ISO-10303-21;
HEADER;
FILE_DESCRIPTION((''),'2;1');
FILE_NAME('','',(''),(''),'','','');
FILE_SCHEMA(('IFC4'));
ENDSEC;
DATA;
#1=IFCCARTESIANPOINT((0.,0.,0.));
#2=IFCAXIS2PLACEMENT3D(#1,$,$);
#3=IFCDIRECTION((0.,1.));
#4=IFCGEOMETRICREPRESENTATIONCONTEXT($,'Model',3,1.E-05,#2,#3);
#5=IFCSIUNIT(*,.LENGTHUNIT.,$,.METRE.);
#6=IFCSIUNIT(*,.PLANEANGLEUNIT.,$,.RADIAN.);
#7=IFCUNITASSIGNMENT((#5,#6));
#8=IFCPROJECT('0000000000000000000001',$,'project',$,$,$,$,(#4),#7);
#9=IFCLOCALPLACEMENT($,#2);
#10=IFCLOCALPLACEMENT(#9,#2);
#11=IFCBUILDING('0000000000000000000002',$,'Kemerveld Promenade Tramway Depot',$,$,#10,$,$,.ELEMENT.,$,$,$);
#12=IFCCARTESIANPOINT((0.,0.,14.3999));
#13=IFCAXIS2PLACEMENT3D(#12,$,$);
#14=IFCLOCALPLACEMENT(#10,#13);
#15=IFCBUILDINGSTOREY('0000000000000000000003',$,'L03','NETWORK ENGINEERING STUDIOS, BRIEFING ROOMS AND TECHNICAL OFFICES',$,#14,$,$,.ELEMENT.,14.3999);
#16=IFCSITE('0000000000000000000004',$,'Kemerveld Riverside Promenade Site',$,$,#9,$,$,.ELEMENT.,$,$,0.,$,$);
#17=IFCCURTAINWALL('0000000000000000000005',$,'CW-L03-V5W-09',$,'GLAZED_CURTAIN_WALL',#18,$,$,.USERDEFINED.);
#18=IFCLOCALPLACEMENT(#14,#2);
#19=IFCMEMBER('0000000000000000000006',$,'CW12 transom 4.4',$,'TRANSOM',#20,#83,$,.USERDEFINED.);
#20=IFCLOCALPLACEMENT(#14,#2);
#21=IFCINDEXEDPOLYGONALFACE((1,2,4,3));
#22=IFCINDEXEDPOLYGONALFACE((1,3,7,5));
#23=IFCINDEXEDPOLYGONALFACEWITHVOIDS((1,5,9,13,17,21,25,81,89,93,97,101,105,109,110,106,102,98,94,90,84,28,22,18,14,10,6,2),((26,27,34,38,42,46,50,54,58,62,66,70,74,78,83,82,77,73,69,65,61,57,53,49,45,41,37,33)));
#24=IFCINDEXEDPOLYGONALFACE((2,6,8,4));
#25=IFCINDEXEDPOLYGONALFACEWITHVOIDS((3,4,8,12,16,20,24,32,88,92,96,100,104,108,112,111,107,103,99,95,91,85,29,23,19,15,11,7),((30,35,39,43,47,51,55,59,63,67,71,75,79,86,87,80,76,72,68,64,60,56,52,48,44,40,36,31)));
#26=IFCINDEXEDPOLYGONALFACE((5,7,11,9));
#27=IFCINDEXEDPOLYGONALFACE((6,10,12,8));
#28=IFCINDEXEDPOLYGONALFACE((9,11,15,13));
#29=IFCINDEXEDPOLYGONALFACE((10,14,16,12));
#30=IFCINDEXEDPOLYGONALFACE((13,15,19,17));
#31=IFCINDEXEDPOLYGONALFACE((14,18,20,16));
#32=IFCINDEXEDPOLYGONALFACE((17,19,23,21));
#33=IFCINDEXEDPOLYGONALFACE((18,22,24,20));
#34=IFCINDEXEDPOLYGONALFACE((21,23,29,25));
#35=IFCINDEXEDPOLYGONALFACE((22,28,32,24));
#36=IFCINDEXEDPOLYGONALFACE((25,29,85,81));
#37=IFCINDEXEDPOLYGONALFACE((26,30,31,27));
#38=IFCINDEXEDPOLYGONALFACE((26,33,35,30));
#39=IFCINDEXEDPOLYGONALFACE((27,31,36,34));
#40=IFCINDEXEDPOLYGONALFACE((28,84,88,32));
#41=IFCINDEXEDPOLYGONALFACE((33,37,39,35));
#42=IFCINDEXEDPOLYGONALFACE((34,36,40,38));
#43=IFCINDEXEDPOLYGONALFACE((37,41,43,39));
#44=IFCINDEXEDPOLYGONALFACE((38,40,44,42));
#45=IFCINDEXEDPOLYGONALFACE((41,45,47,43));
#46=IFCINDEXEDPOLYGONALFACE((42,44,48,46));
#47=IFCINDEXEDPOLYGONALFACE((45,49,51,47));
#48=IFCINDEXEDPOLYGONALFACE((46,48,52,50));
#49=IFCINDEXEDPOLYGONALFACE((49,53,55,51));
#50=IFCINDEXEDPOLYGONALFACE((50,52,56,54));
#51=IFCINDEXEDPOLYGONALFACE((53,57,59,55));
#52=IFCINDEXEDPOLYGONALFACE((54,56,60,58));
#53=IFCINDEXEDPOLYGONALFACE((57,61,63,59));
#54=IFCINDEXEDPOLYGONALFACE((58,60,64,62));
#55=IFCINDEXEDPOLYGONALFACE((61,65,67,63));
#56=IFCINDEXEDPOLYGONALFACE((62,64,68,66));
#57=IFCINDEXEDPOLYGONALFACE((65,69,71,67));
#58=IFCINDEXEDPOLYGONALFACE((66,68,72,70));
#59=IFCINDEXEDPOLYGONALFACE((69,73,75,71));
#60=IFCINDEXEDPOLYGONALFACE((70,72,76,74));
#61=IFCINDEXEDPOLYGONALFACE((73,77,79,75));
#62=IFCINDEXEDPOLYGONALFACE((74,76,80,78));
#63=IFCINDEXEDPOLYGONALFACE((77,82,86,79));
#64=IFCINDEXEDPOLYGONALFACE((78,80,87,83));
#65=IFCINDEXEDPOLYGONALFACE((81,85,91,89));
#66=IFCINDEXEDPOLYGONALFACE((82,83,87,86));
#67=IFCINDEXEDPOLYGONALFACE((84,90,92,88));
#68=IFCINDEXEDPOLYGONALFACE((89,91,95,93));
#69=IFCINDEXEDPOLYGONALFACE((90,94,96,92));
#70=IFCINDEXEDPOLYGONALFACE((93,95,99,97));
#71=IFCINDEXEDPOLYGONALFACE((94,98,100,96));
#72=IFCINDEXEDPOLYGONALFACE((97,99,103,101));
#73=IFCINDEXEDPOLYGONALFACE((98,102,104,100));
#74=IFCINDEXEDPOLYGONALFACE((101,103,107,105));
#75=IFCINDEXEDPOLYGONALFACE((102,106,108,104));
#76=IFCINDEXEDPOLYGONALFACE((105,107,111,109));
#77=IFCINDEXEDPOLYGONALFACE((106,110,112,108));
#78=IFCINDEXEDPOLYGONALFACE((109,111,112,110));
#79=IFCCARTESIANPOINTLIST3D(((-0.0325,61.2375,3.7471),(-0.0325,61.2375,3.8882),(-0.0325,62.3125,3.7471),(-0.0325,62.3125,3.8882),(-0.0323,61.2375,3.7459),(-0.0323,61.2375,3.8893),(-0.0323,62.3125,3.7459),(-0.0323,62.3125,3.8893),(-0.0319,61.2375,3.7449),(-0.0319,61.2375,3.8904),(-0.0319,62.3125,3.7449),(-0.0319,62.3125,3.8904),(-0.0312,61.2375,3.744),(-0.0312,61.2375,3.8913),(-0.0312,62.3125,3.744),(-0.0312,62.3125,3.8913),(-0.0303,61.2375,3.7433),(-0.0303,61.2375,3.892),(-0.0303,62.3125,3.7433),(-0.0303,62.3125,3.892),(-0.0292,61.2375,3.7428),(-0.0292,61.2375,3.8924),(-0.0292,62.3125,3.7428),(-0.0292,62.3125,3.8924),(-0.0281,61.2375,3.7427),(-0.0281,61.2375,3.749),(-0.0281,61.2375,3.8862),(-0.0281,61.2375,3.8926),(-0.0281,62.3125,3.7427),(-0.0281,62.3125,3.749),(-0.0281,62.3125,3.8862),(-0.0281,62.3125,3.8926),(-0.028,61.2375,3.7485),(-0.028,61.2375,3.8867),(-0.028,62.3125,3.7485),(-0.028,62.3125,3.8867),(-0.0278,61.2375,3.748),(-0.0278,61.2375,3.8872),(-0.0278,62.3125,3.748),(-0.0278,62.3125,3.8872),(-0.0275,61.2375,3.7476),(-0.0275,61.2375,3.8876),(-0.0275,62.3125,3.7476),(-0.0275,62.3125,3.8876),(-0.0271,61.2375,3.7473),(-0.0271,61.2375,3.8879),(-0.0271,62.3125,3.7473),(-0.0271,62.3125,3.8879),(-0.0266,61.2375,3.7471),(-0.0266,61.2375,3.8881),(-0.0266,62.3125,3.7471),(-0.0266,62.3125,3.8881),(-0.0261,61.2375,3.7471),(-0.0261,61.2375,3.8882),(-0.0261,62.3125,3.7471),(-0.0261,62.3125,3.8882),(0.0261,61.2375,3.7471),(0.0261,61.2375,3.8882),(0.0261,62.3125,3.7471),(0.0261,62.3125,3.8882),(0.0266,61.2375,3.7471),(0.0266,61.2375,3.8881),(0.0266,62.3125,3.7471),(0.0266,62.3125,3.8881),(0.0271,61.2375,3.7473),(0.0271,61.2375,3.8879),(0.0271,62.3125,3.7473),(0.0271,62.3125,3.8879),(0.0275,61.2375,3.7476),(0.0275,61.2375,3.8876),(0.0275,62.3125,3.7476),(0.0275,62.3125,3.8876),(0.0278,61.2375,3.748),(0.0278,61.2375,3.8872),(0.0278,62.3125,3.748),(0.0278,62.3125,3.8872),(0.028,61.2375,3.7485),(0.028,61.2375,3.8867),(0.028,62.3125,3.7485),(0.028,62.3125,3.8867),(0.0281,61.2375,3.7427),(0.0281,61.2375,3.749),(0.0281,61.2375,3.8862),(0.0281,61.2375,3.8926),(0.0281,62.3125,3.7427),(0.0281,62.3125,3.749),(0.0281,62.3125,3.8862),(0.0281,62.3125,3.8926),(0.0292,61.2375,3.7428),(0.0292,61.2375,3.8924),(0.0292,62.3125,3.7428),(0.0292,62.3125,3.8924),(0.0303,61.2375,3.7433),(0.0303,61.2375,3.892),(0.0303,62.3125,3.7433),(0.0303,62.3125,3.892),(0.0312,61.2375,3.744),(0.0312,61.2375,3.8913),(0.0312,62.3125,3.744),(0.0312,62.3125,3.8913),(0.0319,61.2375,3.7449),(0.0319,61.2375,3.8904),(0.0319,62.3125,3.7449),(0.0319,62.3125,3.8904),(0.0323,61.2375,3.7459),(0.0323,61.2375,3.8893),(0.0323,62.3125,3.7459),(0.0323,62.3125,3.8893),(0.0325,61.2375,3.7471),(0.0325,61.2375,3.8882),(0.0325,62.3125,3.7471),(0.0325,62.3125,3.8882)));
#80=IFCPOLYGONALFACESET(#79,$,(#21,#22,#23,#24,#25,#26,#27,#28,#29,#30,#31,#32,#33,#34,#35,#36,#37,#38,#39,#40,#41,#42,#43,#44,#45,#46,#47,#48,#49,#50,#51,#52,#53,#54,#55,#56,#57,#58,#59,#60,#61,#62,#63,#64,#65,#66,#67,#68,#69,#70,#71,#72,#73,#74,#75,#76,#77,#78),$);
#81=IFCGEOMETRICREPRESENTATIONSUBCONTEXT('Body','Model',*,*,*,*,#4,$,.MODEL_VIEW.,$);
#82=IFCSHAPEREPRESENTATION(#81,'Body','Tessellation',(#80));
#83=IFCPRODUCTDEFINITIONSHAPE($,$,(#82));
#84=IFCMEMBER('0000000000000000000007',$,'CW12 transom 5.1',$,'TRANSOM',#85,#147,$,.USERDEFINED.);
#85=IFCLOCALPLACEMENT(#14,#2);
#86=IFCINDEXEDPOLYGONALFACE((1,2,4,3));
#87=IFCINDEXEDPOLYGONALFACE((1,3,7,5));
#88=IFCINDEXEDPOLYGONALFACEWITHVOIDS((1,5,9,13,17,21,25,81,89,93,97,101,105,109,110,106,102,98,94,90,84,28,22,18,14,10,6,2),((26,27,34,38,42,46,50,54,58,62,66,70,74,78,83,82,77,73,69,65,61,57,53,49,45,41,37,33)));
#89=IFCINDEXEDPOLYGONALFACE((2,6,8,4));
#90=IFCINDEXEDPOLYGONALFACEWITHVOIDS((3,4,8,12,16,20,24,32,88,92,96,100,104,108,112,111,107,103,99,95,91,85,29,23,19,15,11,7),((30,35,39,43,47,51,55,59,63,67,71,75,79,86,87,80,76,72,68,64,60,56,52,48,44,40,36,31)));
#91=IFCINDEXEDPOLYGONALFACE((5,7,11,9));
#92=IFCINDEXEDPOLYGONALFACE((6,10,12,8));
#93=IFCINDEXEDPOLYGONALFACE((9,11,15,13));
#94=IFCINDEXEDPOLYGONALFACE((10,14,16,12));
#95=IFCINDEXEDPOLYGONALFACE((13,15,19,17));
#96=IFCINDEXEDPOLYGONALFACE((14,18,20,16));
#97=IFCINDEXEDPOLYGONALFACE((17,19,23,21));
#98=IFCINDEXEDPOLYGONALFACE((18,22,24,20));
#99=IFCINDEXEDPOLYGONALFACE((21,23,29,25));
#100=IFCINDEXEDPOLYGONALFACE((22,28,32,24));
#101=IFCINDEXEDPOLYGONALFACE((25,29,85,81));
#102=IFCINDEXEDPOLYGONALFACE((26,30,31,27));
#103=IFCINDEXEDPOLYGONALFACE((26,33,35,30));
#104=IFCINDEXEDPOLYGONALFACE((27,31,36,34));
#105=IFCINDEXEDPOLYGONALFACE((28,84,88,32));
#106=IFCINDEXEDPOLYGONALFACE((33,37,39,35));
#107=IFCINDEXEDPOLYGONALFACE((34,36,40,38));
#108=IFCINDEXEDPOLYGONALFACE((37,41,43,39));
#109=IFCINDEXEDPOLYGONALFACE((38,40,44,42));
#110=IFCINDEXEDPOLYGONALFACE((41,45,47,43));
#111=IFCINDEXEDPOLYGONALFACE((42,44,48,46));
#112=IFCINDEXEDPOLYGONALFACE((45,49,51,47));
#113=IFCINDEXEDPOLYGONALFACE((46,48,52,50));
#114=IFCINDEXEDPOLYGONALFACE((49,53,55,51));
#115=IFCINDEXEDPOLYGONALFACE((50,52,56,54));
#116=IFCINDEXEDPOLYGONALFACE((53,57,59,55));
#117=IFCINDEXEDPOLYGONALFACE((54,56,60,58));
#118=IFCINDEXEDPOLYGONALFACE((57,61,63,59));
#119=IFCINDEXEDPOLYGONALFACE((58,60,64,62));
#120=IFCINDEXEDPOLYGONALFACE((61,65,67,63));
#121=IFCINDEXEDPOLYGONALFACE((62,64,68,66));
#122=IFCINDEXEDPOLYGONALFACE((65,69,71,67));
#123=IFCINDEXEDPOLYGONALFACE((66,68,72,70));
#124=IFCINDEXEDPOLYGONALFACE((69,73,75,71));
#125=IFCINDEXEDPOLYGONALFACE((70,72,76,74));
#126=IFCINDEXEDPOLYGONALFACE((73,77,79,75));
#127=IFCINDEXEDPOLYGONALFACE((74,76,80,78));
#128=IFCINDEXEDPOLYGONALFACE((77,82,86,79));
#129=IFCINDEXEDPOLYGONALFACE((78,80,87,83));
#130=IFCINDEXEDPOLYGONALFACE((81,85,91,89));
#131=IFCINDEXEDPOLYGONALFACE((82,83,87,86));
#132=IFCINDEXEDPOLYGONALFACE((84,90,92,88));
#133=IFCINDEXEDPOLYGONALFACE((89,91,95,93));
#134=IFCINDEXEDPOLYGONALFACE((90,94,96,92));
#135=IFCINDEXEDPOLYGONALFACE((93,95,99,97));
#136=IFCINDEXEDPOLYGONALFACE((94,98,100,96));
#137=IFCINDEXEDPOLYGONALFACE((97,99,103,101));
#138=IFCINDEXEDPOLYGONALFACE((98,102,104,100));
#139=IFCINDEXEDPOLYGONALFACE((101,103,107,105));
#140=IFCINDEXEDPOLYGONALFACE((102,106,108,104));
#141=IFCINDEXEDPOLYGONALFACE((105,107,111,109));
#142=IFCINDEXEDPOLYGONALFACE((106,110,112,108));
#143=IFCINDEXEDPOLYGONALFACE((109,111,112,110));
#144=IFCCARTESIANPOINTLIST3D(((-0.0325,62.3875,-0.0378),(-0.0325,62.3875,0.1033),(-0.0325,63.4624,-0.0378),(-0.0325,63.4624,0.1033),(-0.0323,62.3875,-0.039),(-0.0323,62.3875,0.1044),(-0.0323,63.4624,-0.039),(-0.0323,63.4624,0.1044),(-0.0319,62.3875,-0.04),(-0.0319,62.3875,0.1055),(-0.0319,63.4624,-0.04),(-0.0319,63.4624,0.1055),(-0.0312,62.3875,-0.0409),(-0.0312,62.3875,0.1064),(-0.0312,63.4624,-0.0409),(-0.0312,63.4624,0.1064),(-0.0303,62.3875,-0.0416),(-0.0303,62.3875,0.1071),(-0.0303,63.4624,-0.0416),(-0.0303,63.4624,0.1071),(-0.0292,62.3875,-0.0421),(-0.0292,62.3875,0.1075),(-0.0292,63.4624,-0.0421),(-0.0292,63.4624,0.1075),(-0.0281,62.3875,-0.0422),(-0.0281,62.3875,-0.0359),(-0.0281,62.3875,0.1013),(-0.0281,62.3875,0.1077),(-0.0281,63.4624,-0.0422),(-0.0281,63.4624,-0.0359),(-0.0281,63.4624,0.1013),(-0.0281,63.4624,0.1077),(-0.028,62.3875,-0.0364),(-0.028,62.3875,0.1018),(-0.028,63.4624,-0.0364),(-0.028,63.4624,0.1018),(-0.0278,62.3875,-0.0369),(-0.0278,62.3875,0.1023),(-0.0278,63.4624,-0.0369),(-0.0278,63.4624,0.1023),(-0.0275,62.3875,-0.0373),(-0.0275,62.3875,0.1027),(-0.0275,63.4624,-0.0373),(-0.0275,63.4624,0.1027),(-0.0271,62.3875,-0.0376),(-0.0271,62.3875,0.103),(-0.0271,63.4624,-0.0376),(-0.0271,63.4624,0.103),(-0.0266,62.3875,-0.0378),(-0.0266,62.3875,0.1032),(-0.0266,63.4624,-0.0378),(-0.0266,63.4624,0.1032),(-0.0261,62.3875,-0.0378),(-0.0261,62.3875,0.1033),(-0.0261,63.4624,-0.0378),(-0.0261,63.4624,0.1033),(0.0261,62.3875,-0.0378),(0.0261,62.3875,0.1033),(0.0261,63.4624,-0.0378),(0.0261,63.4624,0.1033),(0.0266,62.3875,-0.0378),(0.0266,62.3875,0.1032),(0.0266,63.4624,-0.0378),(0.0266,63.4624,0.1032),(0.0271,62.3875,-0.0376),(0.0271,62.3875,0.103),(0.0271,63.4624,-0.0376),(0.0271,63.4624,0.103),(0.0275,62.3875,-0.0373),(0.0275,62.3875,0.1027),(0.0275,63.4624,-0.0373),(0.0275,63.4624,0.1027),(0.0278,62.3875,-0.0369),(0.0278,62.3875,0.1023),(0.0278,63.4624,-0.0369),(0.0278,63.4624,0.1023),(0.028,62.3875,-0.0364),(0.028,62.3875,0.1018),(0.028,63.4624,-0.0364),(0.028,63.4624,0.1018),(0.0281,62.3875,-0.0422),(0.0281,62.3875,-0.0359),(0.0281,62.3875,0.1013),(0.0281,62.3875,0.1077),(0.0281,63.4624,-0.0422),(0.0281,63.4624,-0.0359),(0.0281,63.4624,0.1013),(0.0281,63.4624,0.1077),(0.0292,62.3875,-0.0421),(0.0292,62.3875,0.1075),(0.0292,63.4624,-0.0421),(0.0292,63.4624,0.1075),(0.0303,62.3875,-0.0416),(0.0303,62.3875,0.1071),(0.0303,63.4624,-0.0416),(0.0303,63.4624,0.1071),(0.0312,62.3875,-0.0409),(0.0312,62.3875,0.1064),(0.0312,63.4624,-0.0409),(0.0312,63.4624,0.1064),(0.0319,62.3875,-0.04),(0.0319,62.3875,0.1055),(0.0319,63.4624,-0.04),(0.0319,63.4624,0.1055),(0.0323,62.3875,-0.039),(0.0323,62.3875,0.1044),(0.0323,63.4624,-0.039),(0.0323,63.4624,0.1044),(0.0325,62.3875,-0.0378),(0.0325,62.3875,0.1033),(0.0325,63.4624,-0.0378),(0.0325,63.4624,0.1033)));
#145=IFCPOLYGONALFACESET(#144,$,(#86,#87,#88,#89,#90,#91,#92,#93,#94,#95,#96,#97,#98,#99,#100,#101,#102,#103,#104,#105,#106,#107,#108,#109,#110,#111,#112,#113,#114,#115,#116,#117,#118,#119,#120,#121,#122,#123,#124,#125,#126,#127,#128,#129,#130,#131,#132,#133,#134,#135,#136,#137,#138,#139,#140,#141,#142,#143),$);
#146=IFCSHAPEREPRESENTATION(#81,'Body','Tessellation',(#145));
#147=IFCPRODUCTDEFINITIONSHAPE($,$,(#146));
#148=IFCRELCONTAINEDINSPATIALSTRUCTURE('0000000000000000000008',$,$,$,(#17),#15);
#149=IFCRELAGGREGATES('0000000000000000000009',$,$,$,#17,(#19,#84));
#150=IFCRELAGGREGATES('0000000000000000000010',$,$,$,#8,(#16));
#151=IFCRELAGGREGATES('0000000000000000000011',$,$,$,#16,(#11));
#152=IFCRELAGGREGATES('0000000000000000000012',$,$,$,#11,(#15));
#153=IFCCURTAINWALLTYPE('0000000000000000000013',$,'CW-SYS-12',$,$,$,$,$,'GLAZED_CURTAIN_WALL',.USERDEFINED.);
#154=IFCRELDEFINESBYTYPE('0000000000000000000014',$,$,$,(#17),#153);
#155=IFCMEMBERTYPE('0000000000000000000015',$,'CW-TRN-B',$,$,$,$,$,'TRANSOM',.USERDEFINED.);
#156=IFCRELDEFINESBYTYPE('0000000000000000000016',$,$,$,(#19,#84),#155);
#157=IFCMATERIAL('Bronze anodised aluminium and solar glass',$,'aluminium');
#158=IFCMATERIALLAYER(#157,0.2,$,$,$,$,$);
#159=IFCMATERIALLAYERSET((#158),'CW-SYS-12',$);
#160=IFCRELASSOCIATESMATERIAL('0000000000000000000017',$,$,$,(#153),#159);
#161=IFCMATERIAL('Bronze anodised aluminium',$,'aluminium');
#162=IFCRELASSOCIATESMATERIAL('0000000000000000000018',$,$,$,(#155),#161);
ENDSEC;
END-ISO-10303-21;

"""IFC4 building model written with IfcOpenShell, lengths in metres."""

from ifc_helpers import new_model, si_unit, direction, frame, origin, origin_2d, place, context, subcontext, project, spatial, hollow_rectangle, extrude, material, layer, layer_set, material_profile, profile_set, type_object, element, aggregate, save


model = new_model("IFC4")

# Units and contexts
model_context = context("Model", 3, precision=1e-05, world=origin(), true_north=direction((0.0, 1.0)))
body_context = subcontext(model_context, "Body", "Model", "MODEL_VIEW")
ifc_project = project(units=[si_unit("LENGTHUNIT", "METRE"), si_unit("PLANEANGLEUNIT", "RADIAN")], contexts=[model_context])

# Site, building, storey
site_placement = place(None, origin())
site = spatial("IfcSite", under=ifc_project, at=site_placement, Name="Kemerveld Riverside Promenade Site", CompositionType="ELEMENT", RefElevation=0.0)
building_placement = place(site_placement, origin())
building = spatial("IfcBuilding", under=site, at=building_placement, Name="Kemerveld Promenade Tramway Depot", CompositionType="ELEMENT")
storey_placement = place(building_placement, frame((0.0, 0.0, 14.3999)))
storey = spatial("IfcBuildingStorey", under=building, at=storey_placement, Name="L03", Description="NETWORK ENGINEERING STUDIOS, BRIEFING ROOMS AND TECHNICAL OFFICES", CompositionType="ELEMENT", Elevation=14.3999)

# Curtain wall, members
ifc_material_1 = material(Name="Bronze anodised aluminium and solar glass", Category="aluminium")
ifc_layer_1 = layer(ifc_material_1, 0.2)
ifc_layer_set_1 = layer_set([ifc_layer_1], Name="CW-SYS-12")
curtain_wall_type = type_object("IfcCurtainWallType", Name="CW-SYS-12", ElementType="GLAZED_CURTAIN_WALL", PredefinedType="USERDEFINED", material=ifc_layer_set_1)
curtain_wall_placement = place(storey_placement, origin())
curtain_wall = element("IfcCurtainWall", 1, at=curtain_wall_placement, inside=storey, type_object=curtain_wall_type, Name="CW-L03-V5W-09", ObjectType="GLAZED_CURTAIN_WALL", PredefinedType="USERDEFINED")
ifc_material_2 = material(Name="Bronze anodised aluminium", Category="aluminium")
ifc_material_profile_1 = material_profile(ifc_material_2, hollow_rectangle(XDim=0.0649, YDim=0.1499, WallThickness=0.0044, InnerFilletRadius=0.002, OuterFilletRadius=0.0044, at=origin_2d()), Name="CW-TRN-150x65")
ifc_profile_set_1 = profile_set([ifc_material_profile_1], Name="Bronze anodised aluminium")
member_type_1 = type_object("IfcMemberType", Name="CW-TRN-B", ElementType="TRANSOM", PredefinedType="USERDEFINED", material=ifc_profile_set_1)
member_1_placement = place(storey_placement, frame((0.0, 61.2375, 3.8176), z_axis=(0.0, 1.0, 0.0), x_axis=(-1.0, 0.0, 0.0)))
member_1 = element("IfcMember", 2, at=member_1_placement, type_object=member_type_1, Name="CW12 transom 4.4", ObjectType="TRANSOM", PredefinedType="USERDEFINED", context=body_context, shape_type="SweptSolid", body=[
    extrude(hollow_rectangle(XDim=0.0649, YDim=0.1499, WallThickness=0.0044, InnerFilletRadius=0.002, OuterFilletRadius=0.0044, at=origin_2d()), origin(), (0.0, 0.0, 1.0), 1.075),
])
member_2_placement = place(storey_placement, frame((0.0, 62.3875, 0.0327), z_axis=(0.0, 1.0, 0.0), x_axis=(-1.0, 0.0, 0.0)))
member_2 = element("IfcMember", 3, at=member_2_placement, type_object=member_type_1, Name="CW12 transom 5.1", ObjectType="TRANSOM", PredefinedType="USERDEFINED", context=body_context, shape_type="SweptSolid", body=[
    extrude(hollow_rectangle(XDim=0.0649, YDim=0.1499, WallThickness=0.0044, InnerFilletRadius=0.002, OuterFilletRadius=0.0044, at=origin_2d()), origin(), (0.0, 0.0, 1.0), 1.075),
])
aggregate(curtain_wall, [member_1, member_2])

save(model, "model.ifc")
